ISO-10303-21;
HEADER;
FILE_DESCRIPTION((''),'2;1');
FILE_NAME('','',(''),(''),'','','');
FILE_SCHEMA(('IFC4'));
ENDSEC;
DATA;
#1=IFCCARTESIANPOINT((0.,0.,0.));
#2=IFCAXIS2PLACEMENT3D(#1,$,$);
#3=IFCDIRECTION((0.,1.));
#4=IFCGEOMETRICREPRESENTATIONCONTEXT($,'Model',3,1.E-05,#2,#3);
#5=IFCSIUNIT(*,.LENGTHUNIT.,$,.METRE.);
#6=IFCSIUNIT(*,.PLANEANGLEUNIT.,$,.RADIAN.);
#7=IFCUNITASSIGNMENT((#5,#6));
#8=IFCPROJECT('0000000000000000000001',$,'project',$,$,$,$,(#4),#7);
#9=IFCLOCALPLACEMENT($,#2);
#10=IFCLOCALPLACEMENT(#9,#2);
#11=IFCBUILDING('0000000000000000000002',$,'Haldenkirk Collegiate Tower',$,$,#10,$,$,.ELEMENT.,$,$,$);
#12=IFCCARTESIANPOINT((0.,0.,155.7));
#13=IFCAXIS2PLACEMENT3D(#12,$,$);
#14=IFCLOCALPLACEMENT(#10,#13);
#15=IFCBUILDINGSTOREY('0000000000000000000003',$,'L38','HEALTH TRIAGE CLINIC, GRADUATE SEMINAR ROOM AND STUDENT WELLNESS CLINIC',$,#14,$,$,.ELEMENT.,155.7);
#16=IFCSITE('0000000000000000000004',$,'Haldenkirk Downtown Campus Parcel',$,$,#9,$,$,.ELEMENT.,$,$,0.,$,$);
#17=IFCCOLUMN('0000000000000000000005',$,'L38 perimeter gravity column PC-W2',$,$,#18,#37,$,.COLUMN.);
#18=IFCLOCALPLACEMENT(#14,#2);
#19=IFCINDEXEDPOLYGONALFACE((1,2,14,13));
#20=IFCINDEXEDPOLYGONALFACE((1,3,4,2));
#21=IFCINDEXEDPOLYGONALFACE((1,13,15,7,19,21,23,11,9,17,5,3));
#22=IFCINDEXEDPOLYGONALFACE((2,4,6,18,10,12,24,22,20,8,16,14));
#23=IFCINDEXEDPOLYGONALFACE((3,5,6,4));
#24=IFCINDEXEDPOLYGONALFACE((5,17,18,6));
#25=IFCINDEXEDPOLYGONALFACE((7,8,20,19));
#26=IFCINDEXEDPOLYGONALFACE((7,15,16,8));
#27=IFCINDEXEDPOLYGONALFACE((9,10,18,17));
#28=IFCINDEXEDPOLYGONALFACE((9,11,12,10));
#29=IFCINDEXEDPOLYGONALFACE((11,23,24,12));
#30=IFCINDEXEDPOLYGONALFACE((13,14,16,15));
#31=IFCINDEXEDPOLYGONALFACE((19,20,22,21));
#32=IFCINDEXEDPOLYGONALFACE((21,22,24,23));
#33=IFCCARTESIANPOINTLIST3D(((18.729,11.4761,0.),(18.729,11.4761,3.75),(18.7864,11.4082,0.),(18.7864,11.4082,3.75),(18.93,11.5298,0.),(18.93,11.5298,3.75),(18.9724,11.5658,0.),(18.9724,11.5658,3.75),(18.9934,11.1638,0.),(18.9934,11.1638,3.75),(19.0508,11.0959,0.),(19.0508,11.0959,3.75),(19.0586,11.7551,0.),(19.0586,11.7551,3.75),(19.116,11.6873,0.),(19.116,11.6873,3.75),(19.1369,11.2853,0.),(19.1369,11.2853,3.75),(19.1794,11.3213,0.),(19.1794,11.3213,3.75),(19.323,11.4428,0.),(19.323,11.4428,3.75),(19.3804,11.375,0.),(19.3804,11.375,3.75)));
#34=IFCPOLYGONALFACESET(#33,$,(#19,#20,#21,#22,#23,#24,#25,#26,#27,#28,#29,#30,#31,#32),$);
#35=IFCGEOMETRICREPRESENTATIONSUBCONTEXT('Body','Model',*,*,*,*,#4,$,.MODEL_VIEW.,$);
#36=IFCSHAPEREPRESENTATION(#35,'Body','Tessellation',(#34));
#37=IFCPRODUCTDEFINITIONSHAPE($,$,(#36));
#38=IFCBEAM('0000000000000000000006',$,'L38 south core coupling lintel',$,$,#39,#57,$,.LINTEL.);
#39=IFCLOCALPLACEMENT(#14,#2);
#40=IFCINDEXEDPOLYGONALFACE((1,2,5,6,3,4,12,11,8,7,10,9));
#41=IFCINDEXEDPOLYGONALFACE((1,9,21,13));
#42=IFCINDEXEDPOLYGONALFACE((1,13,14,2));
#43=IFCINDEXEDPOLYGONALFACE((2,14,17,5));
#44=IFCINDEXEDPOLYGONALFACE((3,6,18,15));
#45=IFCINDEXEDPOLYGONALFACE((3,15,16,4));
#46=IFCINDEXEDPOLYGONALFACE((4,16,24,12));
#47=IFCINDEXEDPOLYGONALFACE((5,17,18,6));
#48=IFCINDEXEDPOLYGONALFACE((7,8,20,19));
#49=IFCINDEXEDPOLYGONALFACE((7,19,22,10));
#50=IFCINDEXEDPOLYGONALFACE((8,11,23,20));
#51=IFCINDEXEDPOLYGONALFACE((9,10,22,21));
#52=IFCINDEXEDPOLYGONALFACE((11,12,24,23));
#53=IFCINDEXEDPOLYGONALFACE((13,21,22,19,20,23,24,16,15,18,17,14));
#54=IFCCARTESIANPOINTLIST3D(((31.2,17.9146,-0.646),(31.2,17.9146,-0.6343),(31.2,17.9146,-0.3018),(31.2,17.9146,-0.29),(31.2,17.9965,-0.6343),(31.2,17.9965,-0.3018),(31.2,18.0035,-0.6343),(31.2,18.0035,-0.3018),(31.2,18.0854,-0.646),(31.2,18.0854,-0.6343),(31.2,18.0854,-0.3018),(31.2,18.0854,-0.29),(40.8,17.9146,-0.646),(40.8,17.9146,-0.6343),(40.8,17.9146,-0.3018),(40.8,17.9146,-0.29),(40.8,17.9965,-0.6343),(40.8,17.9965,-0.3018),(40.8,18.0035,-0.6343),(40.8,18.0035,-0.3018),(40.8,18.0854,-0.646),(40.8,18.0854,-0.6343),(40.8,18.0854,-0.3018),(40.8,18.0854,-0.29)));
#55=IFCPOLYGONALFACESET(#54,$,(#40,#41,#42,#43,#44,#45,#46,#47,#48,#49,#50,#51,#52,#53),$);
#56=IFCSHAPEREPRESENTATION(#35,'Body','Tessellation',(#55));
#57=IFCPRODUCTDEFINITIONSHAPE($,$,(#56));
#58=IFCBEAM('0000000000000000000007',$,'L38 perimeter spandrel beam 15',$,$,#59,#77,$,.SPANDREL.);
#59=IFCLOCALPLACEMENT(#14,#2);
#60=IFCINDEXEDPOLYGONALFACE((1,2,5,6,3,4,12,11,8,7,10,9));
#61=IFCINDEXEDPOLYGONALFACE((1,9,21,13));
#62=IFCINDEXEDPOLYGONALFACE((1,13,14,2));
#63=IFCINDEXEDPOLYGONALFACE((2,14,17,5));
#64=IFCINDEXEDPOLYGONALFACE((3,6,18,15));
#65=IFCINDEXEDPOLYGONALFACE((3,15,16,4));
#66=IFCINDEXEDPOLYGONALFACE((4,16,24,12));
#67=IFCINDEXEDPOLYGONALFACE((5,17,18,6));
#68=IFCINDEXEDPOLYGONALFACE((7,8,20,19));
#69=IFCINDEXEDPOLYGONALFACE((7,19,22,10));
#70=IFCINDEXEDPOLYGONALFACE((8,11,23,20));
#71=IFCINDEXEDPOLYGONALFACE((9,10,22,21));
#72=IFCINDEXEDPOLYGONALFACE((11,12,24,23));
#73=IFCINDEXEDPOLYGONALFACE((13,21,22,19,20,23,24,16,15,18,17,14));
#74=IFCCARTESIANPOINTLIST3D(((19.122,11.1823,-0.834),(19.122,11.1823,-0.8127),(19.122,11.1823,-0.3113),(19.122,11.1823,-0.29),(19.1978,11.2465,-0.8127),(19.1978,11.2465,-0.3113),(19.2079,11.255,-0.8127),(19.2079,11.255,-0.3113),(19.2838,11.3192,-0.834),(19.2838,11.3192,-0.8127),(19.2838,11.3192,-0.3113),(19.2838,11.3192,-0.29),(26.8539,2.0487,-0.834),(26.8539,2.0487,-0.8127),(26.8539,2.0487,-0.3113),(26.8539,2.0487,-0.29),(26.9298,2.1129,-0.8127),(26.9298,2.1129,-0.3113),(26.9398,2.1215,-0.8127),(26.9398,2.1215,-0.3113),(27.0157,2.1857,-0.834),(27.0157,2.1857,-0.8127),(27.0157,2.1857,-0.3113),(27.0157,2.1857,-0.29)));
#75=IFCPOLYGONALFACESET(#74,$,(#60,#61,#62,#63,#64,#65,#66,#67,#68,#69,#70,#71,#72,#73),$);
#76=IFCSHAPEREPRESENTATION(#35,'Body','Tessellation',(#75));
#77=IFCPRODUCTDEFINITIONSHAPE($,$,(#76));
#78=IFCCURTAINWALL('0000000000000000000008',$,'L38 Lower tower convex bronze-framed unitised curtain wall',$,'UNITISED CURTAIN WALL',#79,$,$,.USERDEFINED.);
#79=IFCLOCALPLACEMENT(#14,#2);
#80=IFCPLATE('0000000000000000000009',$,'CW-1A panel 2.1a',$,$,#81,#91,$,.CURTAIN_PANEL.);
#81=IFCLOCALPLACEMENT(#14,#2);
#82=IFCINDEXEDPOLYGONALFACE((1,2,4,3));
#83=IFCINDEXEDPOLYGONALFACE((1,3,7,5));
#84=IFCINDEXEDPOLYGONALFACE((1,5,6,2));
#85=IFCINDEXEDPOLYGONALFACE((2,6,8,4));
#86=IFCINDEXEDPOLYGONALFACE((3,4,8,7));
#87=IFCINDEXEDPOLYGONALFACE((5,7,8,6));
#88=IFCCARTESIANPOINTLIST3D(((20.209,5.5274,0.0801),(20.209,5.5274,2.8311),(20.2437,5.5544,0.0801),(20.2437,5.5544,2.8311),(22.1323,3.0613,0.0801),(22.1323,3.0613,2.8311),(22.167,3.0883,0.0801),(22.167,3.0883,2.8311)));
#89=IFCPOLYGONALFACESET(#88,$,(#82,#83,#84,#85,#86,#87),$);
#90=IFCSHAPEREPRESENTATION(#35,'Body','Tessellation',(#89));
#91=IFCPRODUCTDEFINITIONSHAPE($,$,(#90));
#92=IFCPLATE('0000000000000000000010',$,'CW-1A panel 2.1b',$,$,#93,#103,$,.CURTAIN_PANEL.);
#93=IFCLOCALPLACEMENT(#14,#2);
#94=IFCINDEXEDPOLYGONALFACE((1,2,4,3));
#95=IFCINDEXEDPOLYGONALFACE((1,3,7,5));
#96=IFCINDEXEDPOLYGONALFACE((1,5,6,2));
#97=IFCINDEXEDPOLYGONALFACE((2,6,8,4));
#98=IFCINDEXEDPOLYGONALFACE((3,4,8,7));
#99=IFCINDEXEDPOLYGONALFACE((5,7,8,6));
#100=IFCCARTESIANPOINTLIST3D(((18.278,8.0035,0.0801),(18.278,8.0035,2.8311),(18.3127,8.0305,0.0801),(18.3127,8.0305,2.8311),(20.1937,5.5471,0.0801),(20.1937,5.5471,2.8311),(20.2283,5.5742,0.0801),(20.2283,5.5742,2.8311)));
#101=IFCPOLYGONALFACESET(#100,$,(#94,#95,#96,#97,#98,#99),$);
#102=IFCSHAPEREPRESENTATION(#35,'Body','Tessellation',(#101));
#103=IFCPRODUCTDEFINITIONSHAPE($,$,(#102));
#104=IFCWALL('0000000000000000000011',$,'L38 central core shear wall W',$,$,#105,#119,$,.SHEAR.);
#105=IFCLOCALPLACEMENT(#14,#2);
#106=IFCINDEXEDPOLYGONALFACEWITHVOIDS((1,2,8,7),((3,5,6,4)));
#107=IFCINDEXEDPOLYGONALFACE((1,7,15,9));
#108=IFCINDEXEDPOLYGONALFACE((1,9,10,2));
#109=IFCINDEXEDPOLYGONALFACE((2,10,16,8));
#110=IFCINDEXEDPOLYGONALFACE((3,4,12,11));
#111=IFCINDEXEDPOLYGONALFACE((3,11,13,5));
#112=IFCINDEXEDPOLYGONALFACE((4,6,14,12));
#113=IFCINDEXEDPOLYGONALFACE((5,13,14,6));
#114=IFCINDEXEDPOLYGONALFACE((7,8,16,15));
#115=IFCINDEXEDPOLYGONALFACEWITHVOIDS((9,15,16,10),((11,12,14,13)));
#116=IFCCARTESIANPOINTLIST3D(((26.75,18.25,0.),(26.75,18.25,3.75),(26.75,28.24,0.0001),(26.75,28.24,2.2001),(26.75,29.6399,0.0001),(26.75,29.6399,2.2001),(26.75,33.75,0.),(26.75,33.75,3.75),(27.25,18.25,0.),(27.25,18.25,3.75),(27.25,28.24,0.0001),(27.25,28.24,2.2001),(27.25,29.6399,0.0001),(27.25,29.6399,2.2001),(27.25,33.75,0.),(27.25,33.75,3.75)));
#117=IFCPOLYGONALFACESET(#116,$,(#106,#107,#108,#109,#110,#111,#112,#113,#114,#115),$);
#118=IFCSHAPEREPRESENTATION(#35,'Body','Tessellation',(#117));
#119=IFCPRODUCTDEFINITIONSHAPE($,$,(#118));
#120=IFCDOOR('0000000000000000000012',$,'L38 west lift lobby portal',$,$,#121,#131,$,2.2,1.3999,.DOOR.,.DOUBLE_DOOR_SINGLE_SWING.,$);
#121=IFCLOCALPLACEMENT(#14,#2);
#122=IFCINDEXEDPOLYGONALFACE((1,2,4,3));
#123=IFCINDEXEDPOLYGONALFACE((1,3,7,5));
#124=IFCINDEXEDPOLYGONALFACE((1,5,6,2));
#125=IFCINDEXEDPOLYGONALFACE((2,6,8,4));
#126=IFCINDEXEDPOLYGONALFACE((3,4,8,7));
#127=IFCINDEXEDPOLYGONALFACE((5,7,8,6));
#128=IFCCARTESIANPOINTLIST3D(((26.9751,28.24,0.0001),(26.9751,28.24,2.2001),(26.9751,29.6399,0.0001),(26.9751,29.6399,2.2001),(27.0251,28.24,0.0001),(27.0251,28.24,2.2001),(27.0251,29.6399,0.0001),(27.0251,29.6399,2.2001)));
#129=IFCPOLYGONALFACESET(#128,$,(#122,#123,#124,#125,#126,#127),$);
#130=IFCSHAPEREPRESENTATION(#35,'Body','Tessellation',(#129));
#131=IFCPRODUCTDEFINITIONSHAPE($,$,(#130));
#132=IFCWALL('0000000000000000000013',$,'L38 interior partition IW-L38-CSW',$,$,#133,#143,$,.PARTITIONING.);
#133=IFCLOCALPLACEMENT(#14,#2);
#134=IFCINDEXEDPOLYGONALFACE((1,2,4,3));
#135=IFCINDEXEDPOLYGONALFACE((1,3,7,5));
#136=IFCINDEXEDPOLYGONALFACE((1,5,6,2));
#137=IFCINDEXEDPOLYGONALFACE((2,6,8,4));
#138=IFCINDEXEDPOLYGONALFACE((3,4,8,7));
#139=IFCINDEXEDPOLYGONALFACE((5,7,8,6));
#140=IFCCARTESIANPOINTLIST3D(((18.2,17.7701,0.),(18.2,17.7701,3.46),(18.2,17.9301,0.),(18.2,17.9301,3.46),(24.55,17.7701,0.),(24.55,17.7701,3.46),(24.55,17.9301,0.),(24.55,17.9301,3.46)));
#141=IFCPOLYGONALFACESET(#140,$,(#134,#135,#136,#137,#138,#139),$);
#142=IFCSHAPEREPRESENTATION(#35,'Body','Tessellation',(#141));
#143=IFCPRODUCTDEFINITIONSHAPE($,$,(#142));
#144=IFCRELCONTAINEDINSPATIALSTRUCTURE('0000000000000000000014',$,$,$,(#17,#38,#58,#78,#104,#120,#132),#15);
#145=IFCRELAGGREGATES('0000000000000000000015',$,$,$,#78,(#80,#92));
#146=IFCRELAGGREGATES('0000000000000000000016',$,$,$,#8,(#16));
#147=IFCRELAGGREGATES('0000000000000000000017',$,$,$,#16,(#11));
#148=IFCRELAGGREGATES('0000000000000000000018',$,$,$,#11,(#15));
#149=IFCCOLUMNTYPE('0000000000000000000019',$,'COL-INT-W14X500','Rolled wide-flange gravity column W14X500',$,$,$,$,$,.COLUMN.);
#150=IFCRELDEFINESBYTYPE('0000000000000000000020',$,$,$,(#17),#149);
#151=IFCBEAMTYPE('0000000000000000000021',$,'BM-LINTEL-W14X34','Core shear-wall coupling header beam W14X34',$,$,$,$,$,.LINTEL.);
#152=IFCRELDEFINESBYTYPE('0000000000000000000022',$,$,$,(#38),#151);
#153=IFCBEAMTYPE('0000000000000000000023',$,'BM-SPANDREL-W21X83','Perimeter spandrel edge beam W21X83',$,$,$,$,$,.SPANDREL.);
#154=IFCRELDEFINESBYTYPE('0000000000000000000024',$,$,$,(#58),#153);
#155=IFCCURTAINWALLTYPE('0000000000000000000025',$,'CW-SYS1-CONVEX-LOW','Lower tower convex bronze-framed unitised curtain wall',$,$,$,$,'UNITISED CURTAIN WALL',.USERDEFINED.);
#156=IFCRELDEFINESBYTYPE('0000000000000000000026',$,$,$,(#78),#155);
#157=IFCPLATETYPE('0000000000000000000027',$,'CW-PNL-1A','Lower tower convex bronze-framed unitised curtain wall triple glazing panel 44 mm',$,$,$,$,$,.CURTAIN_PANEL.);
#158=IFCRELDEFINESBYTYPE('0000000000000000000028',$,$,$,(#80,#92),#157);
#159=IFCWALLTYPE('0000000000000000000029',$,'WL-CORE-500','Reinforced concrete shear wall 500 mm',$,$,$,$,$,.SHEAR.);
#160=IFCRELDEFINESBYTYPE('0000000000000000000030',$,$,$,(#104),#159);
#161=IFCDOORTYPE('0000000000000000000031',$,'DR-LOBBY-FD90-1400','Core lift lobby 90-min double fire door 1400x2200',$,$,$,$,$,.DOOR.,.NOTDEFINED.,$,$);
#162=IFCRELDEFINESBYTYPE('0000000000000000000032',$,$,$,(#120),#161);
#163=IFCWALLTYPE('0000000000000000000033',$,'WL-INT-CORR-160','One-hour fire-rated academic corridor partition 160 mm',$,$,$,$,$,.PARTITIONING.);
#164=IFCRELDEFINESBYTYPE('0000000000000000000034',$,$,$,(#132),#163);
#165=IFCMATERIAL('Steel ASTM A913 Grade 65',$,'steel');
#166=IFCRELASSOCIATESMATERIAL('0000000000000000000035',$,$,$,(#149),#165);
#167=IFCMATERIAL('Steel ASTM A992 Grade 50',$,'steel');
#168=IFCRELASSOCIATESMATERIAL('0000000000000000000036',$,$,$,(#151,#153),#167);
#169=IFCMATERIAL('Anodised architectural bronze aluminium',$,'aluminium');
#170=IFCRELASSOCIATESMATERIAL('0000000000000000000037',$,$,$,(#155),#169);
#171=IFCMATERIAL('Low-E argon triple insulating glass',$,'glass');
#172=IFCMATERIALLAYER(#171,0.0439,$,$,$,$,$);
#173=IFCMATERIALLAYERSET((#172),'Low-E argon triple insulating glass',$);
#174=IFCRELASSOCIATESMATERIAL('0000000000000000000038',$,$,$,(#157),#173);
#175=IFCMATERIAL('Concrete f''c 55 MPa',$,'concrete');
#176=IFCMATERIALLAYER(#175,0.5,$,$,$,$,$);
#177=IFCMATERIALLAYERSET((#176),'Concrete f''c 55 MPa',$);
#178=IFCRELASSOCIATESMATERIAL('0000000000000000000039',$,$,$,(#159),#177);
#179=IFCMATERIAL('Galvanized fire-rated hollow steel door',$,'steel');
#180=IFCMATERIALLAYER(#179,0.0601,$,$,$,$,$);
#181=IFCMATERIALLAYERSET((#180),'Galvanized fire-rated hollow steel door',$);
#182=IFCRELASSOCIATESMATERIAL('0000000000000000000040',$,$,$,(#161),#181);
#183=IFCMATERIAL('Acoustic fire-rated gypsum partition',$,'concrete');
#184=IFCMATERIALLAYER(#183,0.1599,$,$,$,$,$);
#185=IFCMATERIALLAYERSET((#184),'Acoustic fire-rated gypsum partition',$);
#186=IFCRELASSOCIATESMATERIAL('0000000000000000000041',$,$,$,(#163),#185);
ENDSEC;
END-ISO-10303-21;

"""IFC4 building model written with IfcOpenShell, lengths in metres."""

from ifc_helpers import new_model, si_unit, direction, frame, frame_2d, origin, origin_2d, place, context, subcontext, project, spatial, rectangle, i_section, extrude, source, transform, mapped, material, layer, layer_set, material_profile, profile_set, type_object, element, fill, aggregate, save


model = new_model("IFC4")

# Units and contexts
model_context = context("Model", 3, precision=1e-05, world=origin(), true_north=direction((0.0, 1.0)))
body_context = subcontext(model_context, "Body", "Model", "MODEL_VIEW")
ifc_project = project(units=[si_unit("LENGTHUNIT", "METRE"), si_unit("PLANEANGLEUNIT", "RADIAN")], contexts=[model_context])

# Site, building, storey
site_placement = place(None, origin())
site = spatial("IfcSite", under=ifc_project, at=site_placement, Name="Haldenkirk Downtown Campus Parcel", CompositionType="ELEMENT", RefElevation=0.0)
building_placement = place(site_placement, origin())
building = spatial("IfcBuilding", under=site, at=building_placement, Name="Haldenkirk Collegiate Tower", CompositionType="ELEMENT")
storey_placement = place(building_placement, frame((0.0, 0.0, 155.7)))
storey = spatial("IfcBuildingStorey", under=building, at=storey_placement, Name="L38", Description="HEALTH TRIAGE CLINIC, GRADUATE SEMINAR ROOM AND STUDENT WELLNESS CLINIC", CompositionType="ELEMENT", Elevation=155.7)

# Column
ifc_material_1 = material(Name="Steel ASTM A913 Grade 65", Category="steel")
ifc_material_profile_1 = material_profile(ifc_material_1, i_section(OverallWidth=0.4319, OverallDepth=0.498, WebThickness=0.0557, FlangeThickness=0.0889, at=origin_2d()), Name="W14X500")
ifc_profile_set_1 = profile_set([ifc_material_profile_1], Name="Steel ASTM A913 Grade 65")
column_type = type_object("IfcColumnType", Name="COL-INT-W14X500", Description="Rolled wide-flange gravity column W14X500", PredefinedType="COLUMN", material=ifc_profile_set_1)
column_placement = place(storey_placement, frame((19.0547, 11.4255, 0.0), z_axis=(0.0, 0.0, 1.0), x_axis=(0.763232, 0.646124, 0.0)))
element("IfcColumn", 1, at=column_placement, inside=storey, type_object=column_type, Name="L38 perimeter gravity column PC-W2", PredefinedType="COLUMN", context=body_context, shape_type="SweptSolid", body=[
    extrude(i_section(OverallWidth=0.4319, OverallDepth=0.498, WebThickness=0.0557, FlangeThickness=0.0889, at=origin_2d()), origin(), (0.0, 0.0, 1.0), 3.75),
])

# Beams
ifc_material_2 = material(Name="Steel ASTM A992 Grade 50", Category="steel")
ifc_material_profile_2 = material_profile(ifc_material_2, i_section(OverallWidth=0.1709, OverallDepth=0.356, WebThickness=0.0071, FlangeThickness=0.0117, at=origin_2d()), Name="W14X34")
ifc_profile_set_2 = profile_set([ifc_material_profile_2], Name="Steel ASTM A992 Grade 50")
beam_type_1 = type_object("IfcBeamType", Name="BM-LINTEL-W14X34", Description="Core shear-wall coupling header beam W14X34", PredefinedType="LINTEL", material=ifc_profile_set_2)
beam_1_placement = place(storey_placement, frame((31.2, 18.0, -0.468), z_axis=(1.0, 0.0, 0.0), x_axis=(0.0, 1.0, 0.0)))
element("IfcBeam", 2, at=beam_1_placement, inside=storey, type_object=beam_type_1, Name="L38 south core coupling lintel", PredefinedType="LINTEL", context=body_context, shape_type="SweptSolid", body=[
    extrude(i_section(OverallWidth=0.1709, OverallDepth=0.356, WebThickness=0.0071, FlangeThickness=0.0117, at=origin_2d()), origin(), (0.0, 0.0, 1.0), 9.6001),
])
ifc_material_profile_3 = material_profile(ifc_material_2, i_section(OverallWidth=0.2119, OverallDepth=0.5439, WebThickness=0.0132, FlangeThickness=0.0212, at=origin_2d()), Name="W21X83")
ifc_profile_set_3 = profile_set([ifc_material_profile_3], Name="Steel ASTM A992 Grade 50")
beam_type_2 = type_object("IfcBeamType", Name="BM-SPANDREL-W21X83", Description="Perimeter spandrel edge beam W21X83", PredefinedType="SPANDREL", material=ifc_profile_set_3)
beam_2_placement = place(storey_placement, frame((19.2029, 11.2507, -0.562), z_axis=(0.646115, -0.76324, 0.0), x_axis=(0.76324, 0.646115, 0.0)))
element("IfcBeam", 3, at=beam_2_placement, inside=storey, type_object=beam_type_2, Name="L38 perimeter spandrel beam 15", PredefinedType="SPANDREL", context=body_context, shape_type="SweptSolid", body=[
    extrude(i_section(OverallWidth=0.2119, OverallDepth=0.5439, WebThickness=0.0132, FlangeThickness=0.0212, at=origin_2d()), origin(), (0.0, 0.0, 1.0), 11.9668),
])

# Curtain wall, plates
ifc_material_3 = material(Name="Anodised architectural bronze aluminium", Category="aluminium")
curtain_wall_type = type_object("IfcCurtainWallType", Name="CW-SYS1-CONVEX-LOW", Description="Lower tower convex bronze-framed unitised curtain wall", ElementType="UNITISED CURTAIN WALL", PredefinedType="USERDEFINED", material=ifc_material_3)
curtain_wall_placement = place(storey_placement, origin())
curtain_wall = element("IfcCurtainWall", 4, at=curtain_wall_placement, inside=storey, type_object=curtain_wall_type, Name="L38 Lower tower convex bronze-framed unitised curtain wall", ObjectType="UNITISED CURTAIN WALL", PredefinedType="USERDEFINED")
ifc_material_4 = material(Name="Low-E argon triple insulating glass", Category="glass")
ifc_layer_1 = layer(ifc_material_4, 0.0439)
ifc_layer_set_1 = layer_set([ifc_layer_1], Name="Low-E argon triple insulating glass")
plate_type = type_object("IfcPlateType", Name="CW-PNL-1A", Description="Lower tower convex bronze-framed unitised curtain wall triple glazing panel 44 mm", PredefinedType="CURTAIN_PANEL", material=ifc_layer_set_1)
shared_shape_1 = source(origin(), body_context, "Body", "SweptSolid", [
    extrude(rectangle(XDim=3.1274, YDim=0.0439, at=origin_2d()), origin(), (0.0, 0.0, 1.0), 2.751),
])
plate_1_placement = place(storey_placement, frame((21.188, 4.3079, 0.0801), z_axis=(0.0, 0.0, 1.0), x_axis=(-0.614974, 0.788548, 0.0)))
plate_1 = element("IfcPlate", 5, at=plate_1_placement, type_object=plate_type, Name="CW-1A panel 2.1a", PredefinedType="CURTAIN_PANEL", context=body_context, shape_type="MappedRepresentation", body=[
    mapped(shared_shape_1, transform((0.0, 0.0, 0.0), x_axis=(1.0, 0.0, 0.0), y_axis=(0.0, 1.0, 0.0), z_axis=(0.0, 0.0, 1.0), scale=1.0)),
])
shared_shape_2 = source(origin(), body_context, "Body", "SweptSolid", [
    extrude(rectangle(XDim=3.115, YDim=0.0439, at=origin_2d()), origin(), (0.0, 0.0, 1.0), 2.751),
])
plate_2_placement = place(storey_placement, frame((19.2532, 6.7888, 0.0801), z_axis=(0.0, 0.0, 1.0), x_axis=(-0.614974, 0.788548, 0.0)))
plate_2 = element("IfcPlate", 6, at=plate_2_placement, type_object=plate_type, Name="CW-1A panel 2.1b", PredefinedType="CURTAIN_PANEL", context=body_context, shape_type="MappedRepresentation", body=[
    mapped(shared_shape_2, transform((0.0, 0.0, 0.0), x_axis=(1.0, 0.0, 0.0), y_axis=(0.0, 1.0, 0.0), z_axis=(0.0, 0.0, 1.0), scale=1.0)),
])
aggregate(curtain_wall, [plate_1, plate_2])

# Shared definitions
ifc_material_5 = material(Name="Concrete f'c 55 MPa", Category="concrete")
ifc_layer_2 = layer(ifc_material_5, 0.5)
ifc_layer_set_2 = layer_set([ifc_layer_2], Name="Concrete f'c 55 MPa")
wall_type_1 = type_object("IfcWallType", Name="WL-CORE-500", Description="Reinforced concrete shear wall 500 mm", PredefinedType="SHEAR", material=ifc_layer_set_2)
ifc_material_6 = material(Name="Galvanized fire-rated hollow steel door", Category="steel")

# Wall, opening, door
wall_1_placement = place(storey_placement, frame((27.0, 18.25, 0.0), z_axis=(0.0, 0.0, 1.0), x_axis=(0.0, 1.0, 0.0)))
wall_1 = element("IfcWall", 7, at=wall_1_placement, inside=storey, type_object=wall_type_1, Name="L38 central core shear wall W", PredefinedType="SHEAR", context=body_context, shape_type="SweptSolid", body=[
    extrude(rectangle(XDim=15.5, YDim=0.5, at=frame_2d((7.75, 0.0))), origin(), (0.0, 0.0, 1.0), 3.75),
])
opening_1_placement = place(wall_1_placement, frame((9.99, 0.0, 0.0)))
opening_1 = element("IfcOpeningElement", 8, at=opening_1_placement, cuts=wall_1, PredefinedType="OPENING", context=body_context, shape_type="SweptSolid", body=[
    extrude(rectangle(XDim=1.3999, YDim=2.2, at=frame_2d((0.7, 1.1001))), frame((0.0, 0.26, 0.0), z_axis=(0.0, -1.0, 0.0), x_axis=(1.0, 0.0, 0.0)), (0.0, 0.0, 1.0), 0.52),
])
ifc_layer_3 = layer(ifc_material_6, 0.0601)
ifc_layer_set_3 = layer_set([ifc_layer_3], Name="Galvanized fire-rated hollow steel door")
door_type_1 = type_object("IfcDoorType", Name="DR-LOBBY-FD90-1400", Description="Core lift lobby 90-min double fire door 1400x2200", OperationType="NOTDEFINED", PredefinedType="DOOR", material=ifc_layer_set_3)
door_1_placement = place(opening_1_placement, origin())
door_1 = element("IfcDoor", 9, at=door_1_placement, inside=storey, type_object=door_type_1, Name="L38 west lift lobby portal", OperationType="DOUBLE_DOOR_SINGLE_SWING", OverallHeight=2.2, OverallWidth=1.3999, PredefinedType="DOOR", context=body_context, shape_type="SweptSolid", body=[
    extrude(rectangle(XDim=1.3999, YDim=2.2, at=frame_2d((0.7, 1.1001))), frame((0.0, 0.0249, 0.0), z_axis=(0.0, -1.0, 0.0), x_axis=(1.0, 0.0, 0.0)), (0.0, 0.0, 1.0), 0.05),
])
fill(opening_1, door_1)

# Wall
ifc_material_7 = material(Name="Acoustic fire-rated gypsum partition", Category="concrete")
ifc_layer_4 = layer(ifc_material_7, 0.1599)
ifc_layer_set_4 = layer_set([ifc_layer_4], Name="Acoustic fire-rated gypsum partition")
wall_type_2 = type_object("IfcWallType", Name="WL-INT-CORR-160", Description="One-hour fire-rated academic corridor partition 160 mm", PredefinedType="PARTITIONING", material=ifc_layer_set_4)
wall_2_placement = place(storey_placement, frame((18.2, 17.8501, 0.0), z_axis=(0.0, 0.0, 1.0), x_axis=(1.0, 0.0, 0.0)))
element("IfcWall", 10, at=wall_2_placement, inside=storey, type_object=wall_type_2, Name="L38 interior partition IW-L38-CSW", PredefinedType="PARTITIONING", context=body_context, shape_type="SweptSolid", body=[
    extrude(rectangle(XDim=6.3501, YDim=0.1599, at=frame_2d((3.175, 0.0))), origin(), (0.0, 0.0, 1.0), 3.46),
])

save(model, "model.ifc")
